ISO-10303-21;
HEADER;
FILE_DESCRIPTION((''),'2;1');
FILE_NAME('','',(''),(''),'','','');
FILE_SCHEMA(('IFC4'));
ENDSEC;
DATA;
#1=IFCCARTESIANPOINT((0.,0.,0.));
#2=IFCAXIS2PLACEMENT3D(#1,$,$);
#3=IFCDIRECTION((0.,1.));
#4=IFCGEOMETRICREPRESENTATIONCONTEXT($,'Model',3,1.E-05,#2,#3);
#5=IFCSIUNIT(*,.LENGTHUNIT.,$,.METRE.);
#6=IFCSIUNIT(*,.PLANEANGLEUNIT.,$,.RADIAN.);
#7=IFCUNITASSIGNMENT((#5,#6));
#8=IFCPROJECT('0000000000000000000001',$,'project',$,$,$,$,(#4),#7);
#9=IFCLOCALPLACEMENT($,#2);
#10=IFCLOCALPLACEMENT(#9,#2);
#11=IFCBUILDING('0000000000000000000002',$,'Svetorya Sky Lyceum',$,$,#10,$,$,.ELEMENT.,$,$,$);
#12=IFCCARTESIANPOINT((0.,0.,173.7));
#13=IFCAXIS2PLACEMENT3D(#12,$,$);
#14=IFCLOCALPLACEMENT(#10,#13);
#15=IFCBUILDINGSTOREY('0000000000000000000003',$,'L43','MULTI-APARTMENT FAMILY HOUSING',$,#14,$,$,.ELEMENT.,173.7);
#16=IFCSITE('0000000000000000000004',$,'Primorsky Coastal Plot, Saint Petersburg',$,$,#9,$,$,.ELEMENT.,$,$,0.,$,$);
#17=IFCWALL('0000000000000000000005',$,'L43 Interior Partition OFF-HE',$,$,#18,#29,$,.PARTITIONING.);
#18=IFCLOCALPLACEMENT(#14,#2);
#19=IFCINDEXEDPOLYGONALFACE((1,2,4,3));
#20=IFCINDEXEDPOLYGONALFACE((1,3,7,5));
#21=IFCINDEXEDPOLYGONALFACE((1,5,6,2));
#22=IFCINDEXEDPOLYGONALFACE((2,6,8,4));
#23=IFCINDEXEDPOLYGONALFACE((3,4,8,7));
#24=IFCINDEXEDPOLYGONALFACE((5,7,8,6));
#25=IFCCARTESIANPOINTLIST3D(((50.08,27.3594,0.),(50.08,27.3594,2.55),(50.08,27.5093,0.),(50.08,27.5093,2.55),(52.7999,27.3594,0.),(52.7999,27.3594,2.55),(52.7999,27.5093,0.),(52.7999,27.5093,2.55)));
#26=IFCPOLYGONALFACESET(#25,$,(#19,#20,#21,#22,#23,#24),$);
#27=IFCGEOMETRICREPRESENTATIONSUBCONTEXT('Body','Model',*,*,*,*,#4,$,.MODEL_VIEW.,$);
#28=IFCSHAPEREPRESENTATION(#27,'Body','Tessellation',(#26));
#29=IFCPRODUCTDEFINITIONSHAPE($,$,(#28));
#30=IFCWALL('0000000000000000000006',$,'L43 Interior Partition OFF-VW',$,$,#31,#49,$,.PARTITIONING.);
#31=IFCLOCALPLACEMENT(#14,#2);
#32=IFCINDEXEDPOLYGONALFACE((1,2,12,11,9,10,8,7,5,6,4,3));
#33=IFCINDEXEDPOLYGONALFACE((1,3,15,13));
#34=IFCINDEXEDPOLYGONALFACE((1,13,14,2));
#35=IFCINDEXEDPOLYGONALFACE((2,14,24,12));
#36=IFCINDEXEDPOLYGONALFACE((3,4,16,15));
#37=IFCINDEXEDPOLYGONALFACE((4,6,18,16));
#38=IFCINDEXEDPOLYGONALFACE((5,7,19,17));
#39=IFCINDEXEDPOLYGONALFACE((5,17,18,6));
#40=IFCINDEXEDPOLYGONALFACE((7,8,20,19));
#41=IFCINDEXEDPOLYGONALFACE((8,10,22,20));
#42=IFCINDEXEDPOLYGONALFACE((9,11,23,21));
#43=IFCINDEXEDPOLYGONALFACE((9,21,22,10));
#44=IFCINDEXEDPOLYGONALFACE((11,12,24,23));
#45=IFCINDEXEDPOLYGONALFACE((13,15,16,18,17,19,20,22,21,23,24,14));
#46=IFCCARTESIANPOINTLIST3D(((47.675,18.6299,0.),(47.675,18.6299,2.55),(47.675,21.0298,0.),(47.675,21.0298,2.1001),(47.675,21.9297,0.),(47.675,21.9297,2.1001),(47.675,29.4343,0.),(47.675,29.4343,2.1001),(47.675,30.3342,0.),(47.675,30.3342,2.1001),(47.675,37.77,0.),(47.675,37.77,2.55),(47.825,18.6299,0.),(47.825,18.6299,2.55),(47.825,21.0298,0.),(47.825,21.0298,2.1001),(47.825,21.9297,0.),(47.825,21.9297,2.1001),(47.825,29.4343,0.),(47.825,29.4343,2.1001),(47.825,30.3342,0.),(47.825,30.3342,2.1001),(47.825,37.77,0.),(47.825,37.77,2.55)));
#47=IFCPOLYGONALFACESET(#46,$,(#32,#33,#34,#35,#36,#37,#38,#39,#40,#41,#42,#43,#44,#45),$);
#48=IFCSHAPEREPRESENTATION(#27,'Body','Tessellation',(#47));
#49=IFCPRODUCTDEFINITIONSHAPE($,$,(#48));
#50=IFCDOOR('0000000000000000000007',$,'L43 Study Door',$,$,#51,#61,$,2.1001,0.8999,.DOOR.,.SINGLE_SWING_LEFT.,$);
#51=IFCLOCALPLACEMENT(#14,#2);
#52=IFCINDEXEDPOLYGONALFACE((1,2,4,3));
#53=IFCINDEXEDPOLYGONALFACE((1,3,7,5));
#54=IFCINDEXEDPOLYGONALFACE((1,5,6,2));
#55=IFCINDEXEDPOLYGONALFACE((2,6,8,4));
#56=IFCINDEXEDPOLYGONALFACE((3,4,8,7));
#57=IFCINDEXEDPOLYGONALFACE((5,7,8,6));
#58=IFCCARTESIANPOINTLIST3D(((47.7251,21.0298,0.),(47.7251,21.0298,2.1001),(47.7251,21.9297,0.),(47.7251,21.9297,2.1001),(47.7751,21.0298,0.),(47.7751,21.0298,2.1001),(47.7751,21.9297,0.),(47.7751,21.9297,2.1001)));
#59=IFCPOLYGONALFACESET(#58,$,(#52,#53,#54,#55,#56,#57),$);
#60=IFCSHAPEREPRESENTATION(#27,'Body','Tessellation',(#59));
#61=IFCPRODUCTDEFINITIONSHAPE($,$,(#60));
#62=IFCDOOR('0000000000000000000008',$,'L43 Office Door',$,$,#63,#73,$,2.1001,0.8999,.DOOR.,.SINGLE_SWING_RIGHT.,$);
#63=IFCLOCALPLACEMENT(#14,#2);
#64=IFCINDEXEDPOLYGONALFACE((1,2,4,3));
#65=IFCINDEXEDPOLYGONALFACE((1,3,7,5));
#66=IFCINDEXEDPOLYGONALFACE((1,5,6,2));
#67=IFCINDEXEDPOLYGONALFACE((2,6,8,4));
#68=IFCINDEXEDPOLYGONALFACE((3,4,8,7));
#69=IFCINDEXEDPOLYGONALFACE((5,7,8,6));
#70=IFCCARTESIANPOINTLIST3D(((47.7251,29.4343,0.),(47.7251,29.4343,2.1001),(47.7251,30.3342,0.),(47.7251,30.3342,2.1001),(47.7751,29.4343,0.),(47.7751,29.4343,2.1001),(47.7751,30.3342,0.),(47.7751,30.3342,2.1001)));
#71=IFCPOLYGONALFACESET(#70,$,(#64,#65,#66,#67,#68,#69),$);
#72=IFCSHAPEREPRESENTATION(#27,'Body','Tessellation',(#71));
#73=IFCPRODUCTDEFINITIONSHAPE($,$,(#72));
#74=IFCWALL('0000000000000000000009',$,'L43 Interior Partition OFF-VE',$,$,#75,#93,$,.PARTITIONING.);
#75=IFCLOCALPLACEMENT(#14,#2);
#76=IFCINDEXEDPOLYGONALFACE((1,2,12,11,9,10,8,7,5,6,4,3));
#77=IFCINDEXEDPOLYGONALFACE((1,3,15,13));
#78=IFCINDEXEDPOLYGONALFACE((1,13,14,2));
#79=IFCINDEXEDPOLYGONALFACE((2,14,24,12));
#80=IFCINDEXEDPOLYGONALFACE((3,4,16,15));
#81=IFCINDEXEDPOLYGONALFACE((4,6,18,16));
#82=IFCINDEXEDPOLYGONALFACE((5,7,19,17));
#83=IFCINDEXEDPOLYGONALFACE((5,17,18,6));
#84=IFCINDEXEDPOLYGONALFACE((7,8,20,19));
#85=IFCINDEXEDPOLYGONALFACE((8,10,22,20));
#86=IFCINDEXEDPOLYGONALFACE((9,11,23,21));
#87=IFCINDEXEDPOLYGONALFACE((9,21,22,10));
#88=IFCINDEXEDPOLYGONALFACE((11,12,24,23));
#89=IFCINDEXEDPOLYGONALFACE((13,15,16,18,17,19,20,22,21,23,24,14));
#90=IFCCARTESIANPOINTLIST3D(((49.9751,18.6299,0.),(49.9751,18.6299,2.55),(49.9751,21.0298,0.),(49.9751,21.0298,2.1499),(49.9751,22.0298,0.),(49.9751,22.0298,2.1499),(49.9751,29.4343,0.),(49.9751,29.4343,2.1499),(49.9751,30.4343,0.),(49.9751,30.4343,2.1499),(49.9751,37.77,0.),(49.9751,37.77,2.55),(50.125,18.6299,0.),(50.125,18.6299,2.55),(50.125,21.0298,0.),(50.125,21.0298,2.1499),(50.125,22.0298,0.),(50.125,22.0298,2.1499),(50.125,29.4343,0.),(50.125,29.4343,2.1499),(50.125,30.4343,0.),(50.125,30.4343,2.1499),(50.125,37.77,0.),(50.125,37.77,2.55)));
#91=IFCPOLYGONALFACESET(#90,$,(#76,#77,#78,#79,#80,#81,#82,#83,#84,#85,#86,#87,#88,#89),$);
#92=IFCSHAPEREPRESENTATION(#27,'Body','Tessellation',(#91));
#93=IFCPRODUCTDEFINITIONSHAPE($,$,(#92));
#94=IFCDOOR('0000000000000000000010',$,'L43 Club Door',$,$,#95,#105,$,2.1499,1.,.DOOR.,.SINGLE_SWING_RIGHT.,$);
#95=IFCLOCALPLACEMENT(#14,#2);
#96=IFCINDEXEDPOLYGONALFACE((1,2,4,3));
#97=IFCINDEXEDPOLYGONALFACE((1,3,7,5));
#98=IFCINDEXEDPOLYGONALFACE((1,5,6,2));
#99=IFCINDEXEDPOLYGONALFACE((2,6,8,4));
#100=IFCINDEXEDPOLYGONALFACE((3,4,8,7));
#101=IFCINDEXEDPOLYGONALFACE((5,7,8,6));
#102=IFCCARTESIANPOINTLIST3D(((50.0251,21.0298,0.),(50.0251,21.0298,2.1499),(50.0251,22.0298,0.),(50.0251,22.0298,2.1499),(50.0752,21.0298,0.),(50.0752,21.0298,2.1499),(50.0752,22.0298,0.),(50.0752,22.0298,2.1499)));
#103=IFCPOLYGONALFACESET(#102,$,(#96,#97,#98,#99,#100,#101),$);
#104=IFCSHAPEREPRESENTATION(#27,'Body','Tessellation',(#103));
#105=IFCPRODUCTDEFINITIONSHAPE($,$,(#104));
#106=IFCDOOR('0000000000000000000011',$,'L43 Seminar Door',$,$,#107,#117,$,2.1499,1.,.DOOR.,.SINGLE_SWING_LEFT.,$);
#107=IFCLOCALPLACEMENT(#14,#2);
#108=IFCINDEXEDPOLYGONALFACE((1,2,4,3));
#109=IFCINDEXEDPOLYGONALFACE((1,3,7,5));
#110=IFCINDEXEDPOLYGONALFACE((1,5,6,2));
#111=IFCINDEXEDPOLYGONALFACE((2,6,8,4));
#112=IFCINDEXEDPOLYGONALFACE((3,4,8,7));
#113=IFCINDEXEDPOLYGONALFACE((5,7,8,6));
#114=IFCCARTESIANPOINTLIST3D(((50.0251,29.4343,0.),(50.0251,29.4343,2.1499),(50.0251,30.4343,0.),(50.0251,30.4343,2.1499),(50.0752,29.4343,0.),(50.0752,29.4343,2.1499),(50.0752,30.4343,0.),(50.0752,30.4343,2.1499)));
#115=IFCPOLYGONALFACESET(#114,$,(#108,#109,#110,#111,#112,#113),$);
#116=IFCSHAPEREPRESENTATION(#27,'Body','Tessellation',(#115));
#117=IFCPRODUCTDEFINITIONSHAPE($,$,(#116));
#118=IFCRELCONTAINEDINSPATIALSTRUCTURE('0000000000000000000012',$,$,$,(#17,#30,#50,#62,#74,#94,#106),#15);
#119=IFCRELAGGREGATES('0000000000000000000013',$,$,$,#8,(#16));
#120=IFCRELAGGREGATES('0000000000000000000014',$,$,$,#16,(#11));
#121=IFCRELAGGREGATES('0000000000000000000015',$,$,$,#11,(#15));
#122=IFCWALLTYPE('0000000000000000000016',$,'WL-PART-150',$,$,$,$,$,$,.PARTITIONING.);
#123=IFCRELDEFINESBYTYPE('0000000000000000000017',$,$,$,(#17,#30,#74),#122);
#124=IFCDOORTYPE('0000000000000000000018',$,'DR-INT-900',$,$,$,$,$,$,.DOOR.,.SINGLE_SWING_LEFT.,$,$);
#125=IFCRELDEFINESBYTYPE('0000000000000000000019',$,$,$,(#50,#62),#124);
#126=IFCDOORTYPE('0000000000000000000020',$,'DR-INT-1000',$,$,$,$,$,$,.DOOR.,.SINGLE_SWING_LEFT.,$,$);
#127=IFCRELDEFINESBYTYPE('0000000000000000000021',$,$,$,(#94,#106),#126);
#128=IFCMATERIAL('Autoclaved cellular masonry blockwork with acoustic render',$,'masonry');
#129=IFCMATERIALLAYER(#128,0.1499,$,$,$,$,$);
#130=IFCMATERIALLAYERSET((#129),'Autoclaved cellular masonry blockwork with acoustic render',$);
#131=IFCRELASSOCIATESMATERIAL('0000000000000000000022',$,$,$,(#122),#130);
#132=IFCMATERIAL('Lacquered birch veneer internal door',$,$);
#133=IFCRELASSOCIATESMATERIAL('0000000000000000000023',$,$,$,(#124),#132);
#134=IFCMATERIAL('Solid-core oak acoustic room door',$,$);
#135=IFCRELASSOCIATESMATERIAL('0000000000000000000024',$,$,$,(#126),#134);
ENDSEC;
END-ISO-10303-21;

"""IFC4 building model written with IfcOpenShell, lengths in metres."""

from ifc_helpers import new_model, si_unit, direction, frame, frame_2d, origin, place, context, subcontext, project, spatial, rectangle, extrude, material, layer, layer_set, type_object, element, fill, save


model = new_model("IFC4")

# Units and contexts
model_context = context("Model", 3, precision=1e-05, world=origin(), true_north=direction((0.0, 1.0)))
body_context = subcontext(model_context, "Body", "Model", "MODEL_VIEW")
ifc_project = project(units=[si_unit("LENGTHUNIT", "METRE"), si_unit("PLANEANGLEUNIT", "RADIAN")], contexts=[model_context])

# Site, building, storey
site_placement = place(None, origin())
site = spatial("IfcSite", under=ifc_project, at=site_placement, Name="Primorsky Coastal Plot, Saint Petersburg", CompositionType="ELEMENT", RefElevation=0.0)
building_placement = place(site_placement, origin())
building = spatial("IfcBuilding", under=site, at=building_placement, Name="Svetorya Sky Lyceum", CompositionType="ELEMENT")
storey_placement = place(building_placement, frame((0.0, 0.0, 173.7)))
storey = spatial("IfcBuildingStorey", under=building, at=storey_placement, Name="L43", Description="MULTI-APARTMENT FAMILY HOUSING", CompositionType="ELEMENT", Elevation=173.7)

# Wall
ifc_material_1 = material(Name="Autoclaved cellular masonry blockwork with acoustic render", Category="masonry")
ifc_layer_1 = layer(ifc_material_1, 0.1499)
ifc_layer_set_1 = layer_set([ifc_layer_1], Name="Autoclaved cellular masonry blockwork with acoustic render")
wall_type_1 = type_object("IfcWallType", Name="WL-PART-150", PredefinedType="PARTITIONING", material=ifc_layer_set_1)
wall_1_placement = place(storey_placement, frame((50.0801, 27.4343, 0.0), z_axis=(0.0, 0.0, 1.0), x_axis=(1.0, 0.0, 0.0)))
element("IfcWall", 1, at=wall_1_placement, inside=storey, type_object=wall_type_1, Name="L43 Interior Partition OFF-HE", PredefinedType="PARTITIONING", context=body_context, shape_type="SweptSolid", body=[
    extrude(rectangle(XDim=2.72, YDim=0.1499, at=frame_2d((1.3599, 0.0))), origin(), (0.0, 0.0, 1.0), 2.55),
])

# Walls, openings, doors
wall_2_placement = place(storey_placement, frame((47.75, 18.6299, 0.0), z_axis=(0.0, 0.0, 1.0), x_axis=(0.0, 1.0, 0.0)))
wall_2 = element("IfcWall", 2, at=wall_2_placement, inside=storey, type_object=wall_type_1, Name="L43 Interior Partition OFF-VW", PredefinedType="PARTITIONING", context=body_context, shape_type="SweptSolid", body=[
    extrude(rectangle(XDim=19.1401, YDim=0.1499, at=frame_2d((9.5701, 0.0))), origin(), (0.0, 0.0, 1.0), 2.55),
])
opening_1_placement = place(wall_2_placement, frame((2.3999, 0.0, 0.0)))
opening_1 = element("IfcOpeningElement", 3, at=opening_1_placement, cuts=wall_2, PredefinedType="OPENING", context=body_context, shape_type="SweptSolid", body=[
    extrude(rectangle(XDim=0.8999, YDim=2.1001, at=frame_2d((0.45, 1.05))), frame((0.0, 0.085, 0.0), z_axis=(0.0, -1.0, 0.0), x_axis=(1.0, 0.0, 0.0)), (0.0, 0.0, 1.0), 0.1699),
])
opening_2_placement = place(wall_2_placement, frame((10.8044, 0.0, 0.0)))
opening_2 = element("IfcOpeningElement", 4, at=opening_2_placement, cuts=wall_2, PredefinedType="OPENING", context=body_context, shape_type="SweptSolid", body=[
    extrude(rectangle(XDim=0.8999, YDim=2.1001, at=frame_2d((0.45, 1.05))), frame((0.0, 0.085, 0.0), z_axis=(0.0, -1.0, 0.0), x_axis=(1.0, 0.0, 0.0)), (0.0, 0.0, 1.0), 0.1699),
])
ifc_material_2 = material(Name="Lacquered birch veneer internal door")
door_type_1 = type_object("IfcDoorType", Name="DR-INT-900", OperationType="SINGLE_SWING_LEFT", PredefinedType="DOOR", material=ifc_material_2)
door_1_placement = place(opening_1_placement, origin())
door_1 = element("IfcDoor", 5, at=door_1_placement, inside=storey, type_object=door_type_1, Name="L43 Study Door", OperationType="SINGLE_SWING_LEFT", OverallHeight=2.1001, OverallWidth=0.8999, PredefinedType="DOOR", context=body_context, shape_type="SweptSolid", body=[
    extrude(rectangle(XDim=0.8999, YDim=2.1001, at=frame_2d((0.45, 1.05))), frame((0.0, 0.0249, 0.0), z_axis=(0.0, -1.0, 0.0), x_axis=(1.0, 0.0, 0.0)), (0.0, 0.0, 1.0), 0.05),
])
fill(opening_1, door_1)
door_2_placement = place(opening_2_placement, origin())
door_2 = element("IfcDoor", 6, at=door_2_placement, inside=storey, type_object=door_type_1, Name="L43 Office Door", OperationType="SINGLE_SWING_RIGHT", OverallHeight=2.1001, OverallWidth=0.8999, PredefinedType="DOOR", context=body_context, shape_type="SweptSolid", body=[
    extrude(rectangle(XDim=0.8999, YDim=2.1001, at=frame_2d((0.45, 1.05))), frame((0.0, 0.0249, 0.0), z_axis=(0.0, -1.0, 0.0), x_axis=(1.0, 0.0, 0.0)), (0.0, 0.0, 1.0), 0.05),
])
fill(opening_2, door_2)
wall_3_placement = place(storey_placement, frame((50.05, 18.6299, 0.0), z_axis=(0.0, 0.0, 1.0), x_axis=(0.0, 1.0, 0.0)))
wall_3 = element("IfcWall", 7, at=wall_3_placement, inside=storey, type_object=wall_type_1, Name="L43 Interior Partition OFF-VE", PredefinedType="PARTITIONING", context=body_context, shape_type="SweptSolid", body=[
    extrude(rectangle(XDim=19.1401, YDim=0.1499, at=frame_2d((9.5701, 0.0))), origin(), (0.0, 0.0, 1.0), 2.55),
])
opening_3_placement = place(wall_3_placement, frame((2.3999, 0.0, 0.0)))
opening_3 = element("IfcOpeningElement", 8, at=opening_3_placement, cuts=wall_3, PredefinedType="OPENING", context=body_context, shape_type="SweptSolid", body=[
    extrude(rectangle(XDim=1.0, YDim=2.1499, at=frame_2d((0.5, 1.075))), frame((0.0, 0.085, 0.0), z_axis=(0.0, -1.0, 0.0), x_axis=(1.0, 0.0, 0.0)), (0.0, 0.0, 1.0), 0.1699),
])
opening_4_placement = place(wall_3_placement, frame((10.8044, 0.0, 0.0)))
opening_4 = element("IfcOpeningElement", 9, at=opening_4_placement, cuts=wall_3, PredefinedType="OPENING", context=body_context, shape_type="SweptSolid", body=[
    extrude(rectangle(XDim=1.0, YDim=2.1499, at=frame_2d((0.5, 1.075))), frame((0.0, 0.085, 0.0), z_axis=(0.0, -1.0, 0.0), x_axis=(1.0, 0.0, 0.0)), (0.0, 0.0, 1.0), 0.1699),
])
ifc_material_3 = material(Name="Solid-core oak acoustic room door")
door_type_2 = type_object("IfcDoorType", Name="DR-INT-1000", OperationType="SINGLE_SWING_LEFT", PredefinedType="DOOR", material=ifc_material_3)
door_3_placement = place(opening_3_placement, origin())
door_3 = element("IfcDoor", 10, at=door_3_placement, inside=storey, type_object=door_type_2, Name="L43 Club Door", OperationType="SINGLE_SWING_RIGHT", OverallHeight=2.1499, OverallWidth=1.0, PredefinedType="DOOR", context=body_context, shape_type="SweptSolid", body=[
    extrude(rectangle(XDim=1.0, YDim=2.1499, at=frame_2d((0.5, 1.075))), frame((0.0, 0.0249, 0.0), z_axis=(0.0, -1.0, 0.0), x_axis=(1.0, 0.0, 0.0)), (0.0, 0.0, 1.0), 0.05),
])
fill(opening_3, door_3)
door_4_placement = place(opening_4_placement, origin())
door_4 = element("IfcDoor", 11, at=door_4_placement, inside=storey, type_object=door_type_2, Name="L43 Seminar Door", OperationType="SINGLE_SWING_LEFT", OverallHeight=2.1499, OverallWidth=1.0, PredefinedType="DOOR", context=body_context, shape_type="SweptSolid", body=[
    extrude(rectangle(XDim=1.0, YDim=2.1499, at=frame_2d((0.5, 1.075))), frame((0.0, 0.0249, 0.0), z_axis=(0.0, -1.0, 0.0), x_axis=(1.0, 0.0, 0.0)), (0.0, 0.0, 1.0), 0.05),
])
fill(opening_4, door_4)

save(model, "model.ifc")
